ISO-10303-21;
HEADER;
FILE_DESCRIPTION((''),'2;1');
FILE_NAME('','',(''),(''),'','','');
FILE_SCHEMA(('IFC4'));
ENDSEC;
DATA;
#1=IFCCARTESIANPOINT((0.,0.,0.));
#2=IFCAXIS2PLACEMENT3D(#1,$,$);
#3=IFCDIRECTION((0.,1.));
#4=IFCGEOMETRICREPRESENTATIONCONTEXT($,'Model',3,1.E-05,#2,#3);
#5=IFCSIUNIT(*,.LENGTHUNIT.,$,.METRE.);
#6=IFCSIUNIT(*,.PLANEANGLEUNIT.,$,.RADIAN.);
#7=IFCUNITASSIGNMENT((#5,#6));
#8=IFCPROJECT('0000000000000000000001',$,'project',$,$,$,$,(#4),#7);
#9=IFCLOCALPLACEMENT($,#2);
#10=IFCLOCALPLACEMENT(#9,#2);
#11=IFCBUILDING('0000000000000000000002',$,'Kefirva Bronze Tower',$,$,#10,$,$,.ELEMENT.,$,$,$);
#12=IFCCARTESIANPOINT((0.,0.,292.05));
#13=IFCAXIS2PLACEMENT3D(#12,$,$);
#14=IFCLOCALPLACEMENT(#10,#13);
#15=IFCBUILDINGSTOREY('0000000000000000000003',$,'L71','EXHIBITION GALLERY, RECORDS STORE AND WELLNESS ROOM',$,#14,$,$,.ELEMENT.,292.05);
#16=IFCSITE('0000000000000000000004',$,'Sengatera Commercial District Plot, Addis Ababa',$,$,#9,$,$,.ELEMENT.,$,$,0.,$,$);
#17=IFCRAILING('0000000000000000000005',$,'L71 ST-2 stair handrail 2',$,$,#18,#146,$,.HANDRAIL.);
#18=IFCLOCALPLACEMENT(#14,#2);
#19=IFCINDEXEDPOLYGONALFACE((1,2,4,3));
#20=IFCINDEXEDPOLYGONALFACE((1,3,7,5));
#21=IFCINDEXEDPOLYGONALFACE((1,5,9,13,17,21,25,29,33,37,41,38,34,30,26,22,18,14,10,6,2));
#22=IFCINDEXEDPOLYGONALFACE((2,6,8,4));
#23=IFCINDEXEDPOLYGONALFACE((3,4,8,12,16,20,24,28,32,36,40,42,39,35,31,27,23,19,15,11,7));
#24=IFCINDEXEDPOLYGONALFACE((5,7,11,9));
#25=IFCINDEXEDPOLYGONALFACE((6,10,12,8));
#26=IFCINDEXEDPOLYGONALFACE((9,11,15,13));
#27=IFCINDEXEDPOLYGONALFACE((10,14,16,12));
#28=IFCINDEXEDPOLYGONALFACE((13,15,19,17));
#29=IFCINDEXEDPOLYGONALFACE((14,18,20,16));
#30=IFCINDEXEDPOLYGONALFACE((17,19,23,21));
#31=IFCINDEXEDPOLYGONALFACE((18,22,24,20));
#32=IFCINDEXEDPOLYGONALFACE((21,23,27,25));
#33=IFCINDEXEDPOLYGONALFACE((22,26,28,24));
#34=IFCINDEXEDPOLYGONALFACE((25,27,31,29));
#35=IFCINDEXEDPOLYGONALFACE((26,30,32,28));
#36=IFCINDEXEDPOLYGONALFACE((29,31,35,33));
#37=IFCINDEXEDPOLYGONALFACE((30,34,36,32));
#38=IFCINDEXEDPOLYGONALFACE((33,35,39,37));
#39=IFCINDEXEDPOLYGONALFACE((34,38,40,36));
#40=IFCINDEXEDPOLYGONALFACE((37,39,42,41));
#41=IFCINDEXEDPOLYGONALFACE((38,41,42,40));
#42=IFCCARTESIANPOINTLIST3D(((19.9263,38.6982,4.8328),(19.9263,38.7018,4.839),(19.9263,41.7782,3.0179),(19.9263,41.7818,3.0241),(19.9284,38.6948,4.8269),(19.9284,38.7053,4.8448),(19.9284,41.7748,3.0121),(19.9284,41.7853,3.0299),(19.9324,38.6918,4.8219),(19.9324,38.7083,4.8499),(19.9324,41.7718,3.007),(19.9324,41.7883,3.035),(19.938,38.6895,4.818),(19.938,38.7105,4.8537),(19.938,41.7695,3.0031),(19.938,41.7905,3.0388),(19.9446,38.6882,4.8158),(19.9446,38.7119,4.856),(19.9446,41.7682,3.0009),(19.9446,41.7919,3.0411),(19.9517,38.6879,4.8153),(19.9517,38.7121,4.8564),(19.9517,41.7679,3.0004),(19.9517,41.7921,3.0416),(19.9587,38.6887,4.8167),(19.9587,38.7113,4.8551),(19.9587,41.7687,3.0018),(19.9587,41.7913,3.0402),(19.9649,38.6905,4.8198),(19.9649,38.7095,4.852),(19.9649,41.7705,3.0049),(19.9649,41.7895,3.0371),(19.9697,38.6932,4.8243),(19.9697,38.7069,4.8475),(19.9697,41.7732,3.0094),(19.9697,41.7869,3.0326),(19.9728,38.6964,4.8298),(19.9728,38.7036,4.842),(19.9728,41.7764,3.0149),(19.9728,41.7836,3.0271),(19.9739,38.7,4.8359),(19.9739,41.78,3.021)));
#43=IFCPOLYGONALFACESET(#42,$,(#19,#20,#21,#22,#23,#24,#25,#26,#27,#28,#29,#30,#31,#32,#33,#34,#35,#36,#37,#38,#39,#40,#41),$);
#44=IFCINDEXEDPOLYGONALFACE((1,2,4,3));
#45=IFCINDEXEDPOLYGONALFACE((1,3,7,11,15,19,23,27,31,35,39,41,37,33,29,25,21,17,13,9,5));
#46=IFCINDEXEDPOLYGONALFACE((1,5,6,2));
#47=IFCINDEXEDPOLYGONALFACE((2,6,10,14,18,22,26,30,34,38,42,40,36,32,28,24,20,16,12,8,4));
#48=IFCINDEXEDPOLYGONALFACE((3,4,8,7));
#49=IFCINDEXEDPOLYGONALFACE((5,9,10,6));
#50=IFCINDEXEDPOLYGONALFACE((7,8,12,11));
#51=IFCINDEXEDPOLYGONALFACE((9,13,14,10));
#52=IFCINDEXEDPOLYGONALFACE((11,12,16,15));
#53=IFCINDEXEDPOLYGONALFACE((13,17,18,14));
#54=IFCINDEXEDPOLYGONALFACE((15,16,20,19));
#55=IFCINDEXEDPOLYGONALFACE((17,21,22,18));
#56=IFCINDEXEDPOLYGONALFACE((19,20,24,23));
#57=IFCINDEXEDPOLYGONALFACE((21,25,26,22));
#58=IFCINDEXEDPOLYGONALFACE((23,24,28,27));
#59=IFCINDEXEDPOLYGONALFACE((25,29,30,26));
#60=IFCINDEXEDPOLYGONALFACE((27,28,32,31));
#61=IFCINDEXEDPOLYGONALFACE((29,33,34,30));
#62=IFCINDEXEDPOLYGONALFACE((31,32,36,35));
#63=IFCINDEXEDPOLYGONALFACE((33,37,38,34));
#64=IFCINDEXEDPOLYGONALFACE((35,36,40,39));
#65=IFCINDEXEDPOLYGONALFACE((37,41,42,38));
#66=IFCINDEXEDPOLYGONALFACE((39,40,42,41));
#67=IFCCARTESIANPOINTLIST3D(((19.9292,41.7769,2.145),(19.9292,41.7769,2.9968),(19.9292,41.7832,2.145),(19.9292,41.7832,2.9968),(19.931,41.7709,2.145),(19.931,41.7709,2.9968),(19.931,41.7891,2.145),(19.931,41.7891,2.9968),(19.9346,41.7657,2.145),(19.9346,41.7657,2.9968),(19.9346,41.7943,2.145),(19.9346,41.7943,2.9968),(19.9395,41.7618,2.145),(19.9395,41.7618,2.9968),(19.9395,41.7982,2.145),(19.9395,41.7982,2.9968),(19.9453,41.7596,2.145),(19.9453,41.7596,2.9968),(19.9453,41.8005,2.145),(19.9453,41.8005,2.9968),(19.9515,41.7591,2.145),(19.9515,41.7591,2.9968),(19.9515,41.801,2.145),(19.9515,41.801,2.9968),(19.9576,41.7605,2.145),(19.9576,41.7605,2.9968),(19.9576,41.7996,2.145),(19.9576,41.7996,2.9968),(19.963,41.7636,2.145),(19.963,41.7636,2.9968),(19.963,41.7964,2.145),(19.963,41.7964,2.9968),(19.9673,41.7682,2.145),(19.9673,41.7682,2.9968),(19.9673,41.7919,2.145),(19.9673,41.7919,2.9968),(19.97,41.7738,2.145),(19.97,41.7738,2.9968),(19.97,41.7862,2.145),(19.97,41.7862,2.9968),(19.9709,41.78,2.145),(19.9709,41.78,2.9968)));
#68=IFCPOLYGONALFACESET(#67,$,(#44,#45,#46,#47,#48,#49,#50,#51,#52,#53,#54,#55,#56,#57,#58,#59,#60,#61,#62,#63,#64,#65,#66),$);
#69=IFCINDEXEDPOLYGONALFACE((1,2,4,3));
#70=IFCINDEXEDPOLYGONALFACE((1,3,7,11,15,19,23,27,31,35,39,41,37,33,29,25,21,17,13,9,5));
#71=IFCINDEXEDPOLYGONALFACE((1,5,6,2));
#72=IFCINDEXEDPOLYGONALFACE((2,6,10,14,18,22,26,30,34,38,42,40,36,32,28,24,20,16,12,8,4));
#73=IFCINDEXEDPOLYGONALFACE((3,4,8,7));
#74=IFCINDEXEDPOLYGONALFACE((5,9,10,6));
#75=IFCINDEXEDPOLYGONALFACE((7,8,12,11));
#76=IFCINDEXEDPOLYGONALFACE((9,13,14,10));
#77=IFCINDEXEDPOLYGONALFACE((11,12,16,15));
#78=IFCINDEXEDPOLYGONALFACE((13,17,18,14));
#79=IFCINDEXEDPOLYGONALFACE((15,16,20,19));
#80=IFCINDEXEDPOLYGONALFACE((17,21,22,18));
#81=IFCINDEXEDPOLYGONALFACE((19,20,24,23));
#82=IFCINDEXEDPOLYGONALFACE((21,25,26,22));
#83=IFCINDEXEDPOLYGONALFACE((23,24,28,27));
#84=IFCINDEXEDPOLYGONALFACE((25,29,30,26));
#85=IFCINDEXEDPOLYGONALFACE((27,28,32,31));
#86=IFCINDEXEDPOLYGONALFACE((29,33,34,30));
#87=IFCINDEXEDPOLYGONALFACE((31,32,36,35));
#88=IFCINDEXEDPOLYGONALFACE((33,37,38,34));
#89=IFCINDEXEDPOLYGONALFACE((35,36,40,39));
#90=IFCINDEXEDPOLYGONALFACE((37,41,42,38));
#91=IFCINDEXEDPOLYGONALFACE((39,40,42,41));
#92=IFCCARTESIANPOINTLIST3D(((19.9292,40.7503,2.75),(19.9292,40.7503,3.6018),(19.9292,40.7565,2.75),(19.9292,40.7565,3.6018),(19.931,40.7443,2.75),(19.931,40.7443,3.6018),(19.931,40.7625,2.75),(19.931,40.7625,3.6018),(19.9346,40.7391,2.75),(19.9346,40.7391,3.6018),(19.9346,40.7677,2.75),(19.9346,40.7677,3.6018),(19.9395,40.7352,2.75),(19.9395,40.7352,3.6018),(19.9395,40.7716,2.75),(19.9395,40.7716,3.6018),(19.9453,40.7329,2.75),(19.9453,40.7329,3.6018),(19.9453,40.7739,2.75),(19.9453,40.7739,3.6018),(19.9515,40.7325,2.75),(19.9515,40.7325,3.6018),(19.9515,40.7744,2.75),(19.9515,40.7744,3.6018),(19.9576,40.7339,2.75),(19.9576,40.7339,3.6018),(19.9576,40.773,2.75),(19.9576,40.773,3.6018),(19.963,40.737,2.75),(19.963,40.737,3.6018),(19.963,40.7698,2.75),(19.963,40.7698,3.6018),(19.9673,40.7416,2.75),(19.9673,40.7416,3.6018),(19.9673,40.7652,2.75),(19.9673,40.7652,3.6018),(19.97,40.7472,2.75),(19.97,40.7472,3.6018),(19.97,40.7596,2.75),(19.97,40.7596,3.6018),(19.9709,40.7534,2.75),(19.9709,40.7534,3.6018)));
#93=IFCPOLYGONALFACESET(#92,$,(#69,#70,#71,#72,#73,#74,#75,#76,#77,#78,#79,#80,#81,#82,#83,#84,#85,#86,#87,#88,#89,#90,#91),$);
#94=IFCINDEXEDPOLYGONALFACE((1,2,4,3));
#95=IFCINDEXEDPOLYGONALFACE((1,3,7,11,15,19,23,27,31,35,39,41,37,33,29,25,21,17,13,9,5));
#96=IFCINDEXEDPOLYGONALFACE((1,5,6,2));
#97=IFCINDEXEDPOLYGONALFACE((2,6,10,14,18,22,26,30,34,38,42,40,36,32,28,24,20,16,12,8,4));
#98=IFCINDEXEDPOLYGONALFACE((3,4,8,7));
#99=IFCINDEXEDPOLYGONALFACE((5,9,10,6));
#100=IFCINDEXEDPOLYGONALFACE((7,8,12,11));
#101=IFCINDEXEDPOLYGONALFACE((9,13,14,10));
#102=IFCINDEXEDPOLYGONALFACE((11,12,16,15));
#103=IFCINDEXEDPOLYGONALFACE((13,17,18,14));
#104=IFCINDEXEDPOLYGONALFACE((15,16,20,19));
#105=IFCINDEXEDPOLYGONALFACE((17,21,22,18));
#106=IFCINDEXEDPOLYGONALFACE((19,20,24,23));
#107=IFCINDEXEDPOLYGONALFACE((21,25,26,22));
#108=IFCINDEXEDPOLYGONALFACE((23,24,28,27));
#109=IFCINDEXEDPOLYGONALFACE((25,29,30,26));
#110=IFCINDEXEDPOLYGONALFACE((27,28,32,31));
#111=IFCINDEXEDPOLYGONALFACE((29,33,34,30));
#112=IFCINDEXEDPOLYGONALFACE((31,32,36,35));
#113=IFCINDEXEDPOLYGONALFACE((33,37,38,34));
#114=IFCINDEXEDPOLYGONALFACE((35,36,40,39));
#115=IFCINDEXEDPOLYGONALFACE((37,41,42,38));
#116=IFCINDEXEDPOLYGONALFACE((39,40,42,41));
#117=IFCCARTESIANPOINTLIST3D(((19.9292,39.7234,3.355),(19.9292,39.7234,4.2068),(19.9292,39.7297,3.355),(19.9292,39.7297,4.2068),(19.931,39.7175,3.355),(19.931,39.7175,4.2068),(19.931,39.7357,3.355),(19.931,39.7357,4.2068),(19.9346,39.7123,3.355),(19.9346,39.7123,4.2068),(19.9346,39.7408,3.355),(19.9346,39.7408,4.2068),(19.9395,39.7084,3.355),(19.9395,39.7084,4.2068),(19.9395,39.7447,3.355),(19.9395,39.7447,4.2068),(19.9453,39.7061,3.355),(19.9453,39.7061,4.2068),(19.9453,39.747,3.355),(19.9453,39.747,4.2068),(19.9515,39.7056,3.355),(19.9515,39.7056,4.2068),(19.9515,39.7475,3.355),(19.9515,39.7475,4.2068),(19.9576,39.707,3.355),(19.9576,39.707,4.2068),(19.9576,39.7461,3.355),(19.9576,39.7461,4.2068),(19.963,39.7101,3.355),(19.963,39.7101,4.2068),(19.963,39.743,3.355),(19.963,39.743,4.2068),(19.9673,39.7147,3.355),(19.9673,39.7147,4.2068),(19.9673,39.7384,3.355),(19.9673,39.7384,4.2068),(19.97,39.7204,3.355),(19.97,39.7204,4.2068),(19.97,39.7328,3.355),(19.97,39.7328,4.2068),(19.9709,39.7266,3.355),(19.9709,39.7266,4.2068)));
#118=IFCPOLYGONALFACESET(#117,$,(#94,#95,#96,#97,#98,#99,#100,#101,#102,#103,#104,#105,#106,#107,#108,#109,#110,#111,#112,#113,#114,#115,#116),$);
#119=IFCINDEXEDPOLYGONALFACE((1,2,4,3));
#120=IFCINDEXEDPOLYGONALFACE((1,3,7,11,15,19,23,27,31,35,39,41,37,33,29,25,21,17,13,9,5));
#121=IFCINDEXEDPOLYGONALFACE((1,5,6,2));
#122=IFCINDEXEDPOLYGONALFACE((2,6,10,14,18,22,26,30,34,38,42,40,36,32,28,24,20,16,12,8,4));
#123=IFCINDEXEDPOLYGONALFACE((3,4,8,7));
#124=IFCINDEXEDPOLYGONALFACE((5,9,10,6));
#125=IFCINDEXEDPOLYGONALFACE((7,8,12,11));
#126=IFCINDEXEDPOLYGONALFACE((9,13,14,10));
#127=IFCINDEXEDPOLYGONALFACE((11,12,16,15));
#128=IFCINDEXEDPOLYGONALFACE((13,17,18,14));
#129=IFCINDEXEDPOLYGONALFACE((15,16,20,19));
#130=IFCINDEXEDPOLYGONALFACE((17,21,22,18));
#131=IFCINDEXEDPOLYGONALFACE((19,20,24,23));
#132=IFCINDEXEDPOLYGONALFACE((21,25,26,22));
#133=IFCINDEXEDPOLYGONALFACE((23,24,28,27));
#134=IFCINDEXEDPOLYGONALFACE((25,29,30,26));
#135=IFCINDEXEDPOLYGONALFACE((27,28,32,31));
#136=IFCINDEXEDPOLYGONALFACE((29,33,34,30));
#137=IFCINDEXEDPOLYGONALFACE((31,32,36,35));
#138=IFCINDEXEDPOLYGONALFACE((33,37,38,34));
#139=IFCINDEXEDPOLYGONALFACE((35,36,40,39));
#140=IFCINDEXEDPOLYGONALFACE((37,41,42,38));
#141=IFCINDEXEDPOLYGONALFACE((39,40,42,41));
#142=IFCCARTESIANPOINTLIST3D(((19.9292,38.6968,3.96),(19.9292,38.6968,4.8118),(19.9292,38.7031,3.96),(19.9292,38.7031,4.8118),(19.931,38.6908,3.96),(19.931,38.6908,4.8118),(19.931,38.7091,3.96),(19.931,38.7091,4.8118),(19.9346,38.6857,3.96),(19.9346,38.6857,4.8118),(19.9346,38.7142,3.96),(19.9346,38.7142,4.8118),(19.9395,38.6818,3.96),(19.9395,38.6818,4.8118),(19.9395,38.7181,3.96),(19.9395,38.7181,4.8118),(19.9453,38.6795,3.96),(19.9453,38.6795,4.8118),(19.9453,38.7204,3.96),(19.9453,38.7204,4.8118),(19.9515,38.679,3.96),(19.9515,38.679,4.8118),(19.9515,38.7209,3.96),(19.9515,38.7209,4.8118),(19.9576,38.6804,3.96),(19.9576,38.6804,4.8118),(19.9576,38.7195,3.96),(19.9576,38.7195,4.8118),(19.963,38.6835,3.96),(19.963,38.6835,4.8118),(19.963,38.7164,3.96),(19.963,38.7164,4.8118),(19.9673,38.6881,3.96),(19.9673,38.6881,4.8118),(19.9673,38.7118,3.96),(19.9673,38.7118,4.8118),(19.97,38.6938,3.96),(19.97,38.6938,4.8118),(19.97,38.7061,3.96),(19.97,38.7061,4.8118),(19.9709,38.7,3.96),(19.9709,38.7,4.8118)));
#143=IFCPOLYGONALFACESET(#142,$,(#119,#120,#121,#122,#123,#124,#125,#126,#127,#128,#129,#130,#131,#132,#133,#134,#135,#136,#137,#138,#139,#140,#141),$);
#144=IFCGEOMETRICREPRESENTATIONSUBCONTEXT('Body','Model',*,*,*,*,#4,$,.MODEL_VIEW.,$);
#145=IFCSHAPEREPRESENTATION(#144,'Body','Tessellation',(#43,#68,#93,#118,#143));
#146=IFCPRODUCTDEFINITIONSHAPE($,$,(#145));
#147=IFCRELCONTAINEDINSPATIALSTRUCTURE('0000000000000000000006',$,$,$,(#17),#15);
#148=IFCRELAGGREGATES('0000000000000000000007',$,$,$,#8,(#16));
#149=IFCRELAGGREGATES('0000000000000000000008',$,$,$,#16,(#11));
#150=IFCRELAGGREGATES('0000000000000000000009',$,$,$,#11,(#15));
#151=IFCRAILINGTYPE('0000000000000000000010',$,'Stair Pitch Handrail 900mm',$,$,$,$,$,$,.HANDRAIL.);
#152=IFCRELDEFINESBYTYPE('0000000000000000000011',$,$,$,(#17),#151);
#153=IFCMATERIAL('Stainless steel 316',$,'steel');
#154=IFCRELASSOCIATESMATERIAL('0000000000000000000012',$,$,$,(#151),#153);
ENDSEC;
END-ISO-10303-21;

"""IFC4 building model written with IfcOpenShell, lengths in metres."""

from ifc_helpers import new_model, si_unit, direction, frame, origin, origin_2d, place, context, subcontext, project, spatial, circle, extrude, material, type_object, element, save


model = new_model("IFC4")

# Units and contexts
model_context = context("Model", 3, precision=1e-05, world=origin(), true_north=direction((0.0, 1.0)))
body_context = subcontext(model_context, "Body", "Model", "MODEL_VIEW")
ifc_project = project(units=[si_unit("LENGTHUNIT", "METRE"), si_unit("PLANEANGLEUNIT", "RADIAN")], contexts=[model_context])

# Site, building, storey
site_placement = place(None, origin())
site = spatial("IfcSite", under=ifc_project, at=site_placement, Name="Sengatera Commercial District Plot, Addis Ababa", CompositionType="ELEMENT", RefElevation=0.0)
building_placement = place(site_placement, origin())
building = spatial("IfcBuilding", under=site, at=building_placement, Name="Kefirva Bronze Tower", CompositionType="ELEMENT")
storey_placement = place(building_placement, frame((0.0, 0.0, 292.05)))
storey = spatial("IfcBuildingStorey", under=building, at=storey_placement, Name="L71", Description="EXHIBITION GALLERY, RECORDS STORE AND WELLNESS ROOM", CompositionType="ELEMENT", Elevation=292.05)

# Shared definitions
ifc_material_1 = material(Name="Stainless steel 316", Category="steel")

# Railing
railing_type_1 = type_object("IfcRailingType", Name="Stair Pitch Handrail 900mm", PredefinedType="HANDRAIL", material=ifc_material_1)
railing_1_placement = place(storey_placement, frame((19.95, 41.78, 2.145)))
element("IfcRailing", 1, at=railing_1_placement, inside=storey, type_object=railing_type_1, Name="L71 ST-2 stair handrail 2", PredefinedType="HANDRAIL", context=body_context, shape_type="SweptSolid", body=[
    extrude(circle(Radius=0.0239, at=origin_2d()), frame((0.0, 0.0, 0.876), z_axis=(0.0, -0.861551, 0.507671), x_axis=(1.0, 0.0, 0.0)), (0.0, 0.0, 1.0), 3.575),
    extrude(circle(Radius=0.021, at=origin_2d()), origin(), (0.0, 0.0, 1.0), 0.8518),
    extrude(circle(Radius=0.021, at=origin_2d()), frame((0.0, -1.0266, 0.605)), (0.0, 0.0, 1.0), 0.8518),
    extrude(circle(Radius=0.021, at=origin_2d()), frame((0.0, -2.0535, 1.21)), (0.0, 0.0, 1.0), 0.8518),
    extrude(circle(Radius=0.021, at=origin_2d()), frame((0.0, -3.0801, 1.8149)), (0.0, 0.0, 1.0), 0.8518),
])

save(model, "model.ifc")
